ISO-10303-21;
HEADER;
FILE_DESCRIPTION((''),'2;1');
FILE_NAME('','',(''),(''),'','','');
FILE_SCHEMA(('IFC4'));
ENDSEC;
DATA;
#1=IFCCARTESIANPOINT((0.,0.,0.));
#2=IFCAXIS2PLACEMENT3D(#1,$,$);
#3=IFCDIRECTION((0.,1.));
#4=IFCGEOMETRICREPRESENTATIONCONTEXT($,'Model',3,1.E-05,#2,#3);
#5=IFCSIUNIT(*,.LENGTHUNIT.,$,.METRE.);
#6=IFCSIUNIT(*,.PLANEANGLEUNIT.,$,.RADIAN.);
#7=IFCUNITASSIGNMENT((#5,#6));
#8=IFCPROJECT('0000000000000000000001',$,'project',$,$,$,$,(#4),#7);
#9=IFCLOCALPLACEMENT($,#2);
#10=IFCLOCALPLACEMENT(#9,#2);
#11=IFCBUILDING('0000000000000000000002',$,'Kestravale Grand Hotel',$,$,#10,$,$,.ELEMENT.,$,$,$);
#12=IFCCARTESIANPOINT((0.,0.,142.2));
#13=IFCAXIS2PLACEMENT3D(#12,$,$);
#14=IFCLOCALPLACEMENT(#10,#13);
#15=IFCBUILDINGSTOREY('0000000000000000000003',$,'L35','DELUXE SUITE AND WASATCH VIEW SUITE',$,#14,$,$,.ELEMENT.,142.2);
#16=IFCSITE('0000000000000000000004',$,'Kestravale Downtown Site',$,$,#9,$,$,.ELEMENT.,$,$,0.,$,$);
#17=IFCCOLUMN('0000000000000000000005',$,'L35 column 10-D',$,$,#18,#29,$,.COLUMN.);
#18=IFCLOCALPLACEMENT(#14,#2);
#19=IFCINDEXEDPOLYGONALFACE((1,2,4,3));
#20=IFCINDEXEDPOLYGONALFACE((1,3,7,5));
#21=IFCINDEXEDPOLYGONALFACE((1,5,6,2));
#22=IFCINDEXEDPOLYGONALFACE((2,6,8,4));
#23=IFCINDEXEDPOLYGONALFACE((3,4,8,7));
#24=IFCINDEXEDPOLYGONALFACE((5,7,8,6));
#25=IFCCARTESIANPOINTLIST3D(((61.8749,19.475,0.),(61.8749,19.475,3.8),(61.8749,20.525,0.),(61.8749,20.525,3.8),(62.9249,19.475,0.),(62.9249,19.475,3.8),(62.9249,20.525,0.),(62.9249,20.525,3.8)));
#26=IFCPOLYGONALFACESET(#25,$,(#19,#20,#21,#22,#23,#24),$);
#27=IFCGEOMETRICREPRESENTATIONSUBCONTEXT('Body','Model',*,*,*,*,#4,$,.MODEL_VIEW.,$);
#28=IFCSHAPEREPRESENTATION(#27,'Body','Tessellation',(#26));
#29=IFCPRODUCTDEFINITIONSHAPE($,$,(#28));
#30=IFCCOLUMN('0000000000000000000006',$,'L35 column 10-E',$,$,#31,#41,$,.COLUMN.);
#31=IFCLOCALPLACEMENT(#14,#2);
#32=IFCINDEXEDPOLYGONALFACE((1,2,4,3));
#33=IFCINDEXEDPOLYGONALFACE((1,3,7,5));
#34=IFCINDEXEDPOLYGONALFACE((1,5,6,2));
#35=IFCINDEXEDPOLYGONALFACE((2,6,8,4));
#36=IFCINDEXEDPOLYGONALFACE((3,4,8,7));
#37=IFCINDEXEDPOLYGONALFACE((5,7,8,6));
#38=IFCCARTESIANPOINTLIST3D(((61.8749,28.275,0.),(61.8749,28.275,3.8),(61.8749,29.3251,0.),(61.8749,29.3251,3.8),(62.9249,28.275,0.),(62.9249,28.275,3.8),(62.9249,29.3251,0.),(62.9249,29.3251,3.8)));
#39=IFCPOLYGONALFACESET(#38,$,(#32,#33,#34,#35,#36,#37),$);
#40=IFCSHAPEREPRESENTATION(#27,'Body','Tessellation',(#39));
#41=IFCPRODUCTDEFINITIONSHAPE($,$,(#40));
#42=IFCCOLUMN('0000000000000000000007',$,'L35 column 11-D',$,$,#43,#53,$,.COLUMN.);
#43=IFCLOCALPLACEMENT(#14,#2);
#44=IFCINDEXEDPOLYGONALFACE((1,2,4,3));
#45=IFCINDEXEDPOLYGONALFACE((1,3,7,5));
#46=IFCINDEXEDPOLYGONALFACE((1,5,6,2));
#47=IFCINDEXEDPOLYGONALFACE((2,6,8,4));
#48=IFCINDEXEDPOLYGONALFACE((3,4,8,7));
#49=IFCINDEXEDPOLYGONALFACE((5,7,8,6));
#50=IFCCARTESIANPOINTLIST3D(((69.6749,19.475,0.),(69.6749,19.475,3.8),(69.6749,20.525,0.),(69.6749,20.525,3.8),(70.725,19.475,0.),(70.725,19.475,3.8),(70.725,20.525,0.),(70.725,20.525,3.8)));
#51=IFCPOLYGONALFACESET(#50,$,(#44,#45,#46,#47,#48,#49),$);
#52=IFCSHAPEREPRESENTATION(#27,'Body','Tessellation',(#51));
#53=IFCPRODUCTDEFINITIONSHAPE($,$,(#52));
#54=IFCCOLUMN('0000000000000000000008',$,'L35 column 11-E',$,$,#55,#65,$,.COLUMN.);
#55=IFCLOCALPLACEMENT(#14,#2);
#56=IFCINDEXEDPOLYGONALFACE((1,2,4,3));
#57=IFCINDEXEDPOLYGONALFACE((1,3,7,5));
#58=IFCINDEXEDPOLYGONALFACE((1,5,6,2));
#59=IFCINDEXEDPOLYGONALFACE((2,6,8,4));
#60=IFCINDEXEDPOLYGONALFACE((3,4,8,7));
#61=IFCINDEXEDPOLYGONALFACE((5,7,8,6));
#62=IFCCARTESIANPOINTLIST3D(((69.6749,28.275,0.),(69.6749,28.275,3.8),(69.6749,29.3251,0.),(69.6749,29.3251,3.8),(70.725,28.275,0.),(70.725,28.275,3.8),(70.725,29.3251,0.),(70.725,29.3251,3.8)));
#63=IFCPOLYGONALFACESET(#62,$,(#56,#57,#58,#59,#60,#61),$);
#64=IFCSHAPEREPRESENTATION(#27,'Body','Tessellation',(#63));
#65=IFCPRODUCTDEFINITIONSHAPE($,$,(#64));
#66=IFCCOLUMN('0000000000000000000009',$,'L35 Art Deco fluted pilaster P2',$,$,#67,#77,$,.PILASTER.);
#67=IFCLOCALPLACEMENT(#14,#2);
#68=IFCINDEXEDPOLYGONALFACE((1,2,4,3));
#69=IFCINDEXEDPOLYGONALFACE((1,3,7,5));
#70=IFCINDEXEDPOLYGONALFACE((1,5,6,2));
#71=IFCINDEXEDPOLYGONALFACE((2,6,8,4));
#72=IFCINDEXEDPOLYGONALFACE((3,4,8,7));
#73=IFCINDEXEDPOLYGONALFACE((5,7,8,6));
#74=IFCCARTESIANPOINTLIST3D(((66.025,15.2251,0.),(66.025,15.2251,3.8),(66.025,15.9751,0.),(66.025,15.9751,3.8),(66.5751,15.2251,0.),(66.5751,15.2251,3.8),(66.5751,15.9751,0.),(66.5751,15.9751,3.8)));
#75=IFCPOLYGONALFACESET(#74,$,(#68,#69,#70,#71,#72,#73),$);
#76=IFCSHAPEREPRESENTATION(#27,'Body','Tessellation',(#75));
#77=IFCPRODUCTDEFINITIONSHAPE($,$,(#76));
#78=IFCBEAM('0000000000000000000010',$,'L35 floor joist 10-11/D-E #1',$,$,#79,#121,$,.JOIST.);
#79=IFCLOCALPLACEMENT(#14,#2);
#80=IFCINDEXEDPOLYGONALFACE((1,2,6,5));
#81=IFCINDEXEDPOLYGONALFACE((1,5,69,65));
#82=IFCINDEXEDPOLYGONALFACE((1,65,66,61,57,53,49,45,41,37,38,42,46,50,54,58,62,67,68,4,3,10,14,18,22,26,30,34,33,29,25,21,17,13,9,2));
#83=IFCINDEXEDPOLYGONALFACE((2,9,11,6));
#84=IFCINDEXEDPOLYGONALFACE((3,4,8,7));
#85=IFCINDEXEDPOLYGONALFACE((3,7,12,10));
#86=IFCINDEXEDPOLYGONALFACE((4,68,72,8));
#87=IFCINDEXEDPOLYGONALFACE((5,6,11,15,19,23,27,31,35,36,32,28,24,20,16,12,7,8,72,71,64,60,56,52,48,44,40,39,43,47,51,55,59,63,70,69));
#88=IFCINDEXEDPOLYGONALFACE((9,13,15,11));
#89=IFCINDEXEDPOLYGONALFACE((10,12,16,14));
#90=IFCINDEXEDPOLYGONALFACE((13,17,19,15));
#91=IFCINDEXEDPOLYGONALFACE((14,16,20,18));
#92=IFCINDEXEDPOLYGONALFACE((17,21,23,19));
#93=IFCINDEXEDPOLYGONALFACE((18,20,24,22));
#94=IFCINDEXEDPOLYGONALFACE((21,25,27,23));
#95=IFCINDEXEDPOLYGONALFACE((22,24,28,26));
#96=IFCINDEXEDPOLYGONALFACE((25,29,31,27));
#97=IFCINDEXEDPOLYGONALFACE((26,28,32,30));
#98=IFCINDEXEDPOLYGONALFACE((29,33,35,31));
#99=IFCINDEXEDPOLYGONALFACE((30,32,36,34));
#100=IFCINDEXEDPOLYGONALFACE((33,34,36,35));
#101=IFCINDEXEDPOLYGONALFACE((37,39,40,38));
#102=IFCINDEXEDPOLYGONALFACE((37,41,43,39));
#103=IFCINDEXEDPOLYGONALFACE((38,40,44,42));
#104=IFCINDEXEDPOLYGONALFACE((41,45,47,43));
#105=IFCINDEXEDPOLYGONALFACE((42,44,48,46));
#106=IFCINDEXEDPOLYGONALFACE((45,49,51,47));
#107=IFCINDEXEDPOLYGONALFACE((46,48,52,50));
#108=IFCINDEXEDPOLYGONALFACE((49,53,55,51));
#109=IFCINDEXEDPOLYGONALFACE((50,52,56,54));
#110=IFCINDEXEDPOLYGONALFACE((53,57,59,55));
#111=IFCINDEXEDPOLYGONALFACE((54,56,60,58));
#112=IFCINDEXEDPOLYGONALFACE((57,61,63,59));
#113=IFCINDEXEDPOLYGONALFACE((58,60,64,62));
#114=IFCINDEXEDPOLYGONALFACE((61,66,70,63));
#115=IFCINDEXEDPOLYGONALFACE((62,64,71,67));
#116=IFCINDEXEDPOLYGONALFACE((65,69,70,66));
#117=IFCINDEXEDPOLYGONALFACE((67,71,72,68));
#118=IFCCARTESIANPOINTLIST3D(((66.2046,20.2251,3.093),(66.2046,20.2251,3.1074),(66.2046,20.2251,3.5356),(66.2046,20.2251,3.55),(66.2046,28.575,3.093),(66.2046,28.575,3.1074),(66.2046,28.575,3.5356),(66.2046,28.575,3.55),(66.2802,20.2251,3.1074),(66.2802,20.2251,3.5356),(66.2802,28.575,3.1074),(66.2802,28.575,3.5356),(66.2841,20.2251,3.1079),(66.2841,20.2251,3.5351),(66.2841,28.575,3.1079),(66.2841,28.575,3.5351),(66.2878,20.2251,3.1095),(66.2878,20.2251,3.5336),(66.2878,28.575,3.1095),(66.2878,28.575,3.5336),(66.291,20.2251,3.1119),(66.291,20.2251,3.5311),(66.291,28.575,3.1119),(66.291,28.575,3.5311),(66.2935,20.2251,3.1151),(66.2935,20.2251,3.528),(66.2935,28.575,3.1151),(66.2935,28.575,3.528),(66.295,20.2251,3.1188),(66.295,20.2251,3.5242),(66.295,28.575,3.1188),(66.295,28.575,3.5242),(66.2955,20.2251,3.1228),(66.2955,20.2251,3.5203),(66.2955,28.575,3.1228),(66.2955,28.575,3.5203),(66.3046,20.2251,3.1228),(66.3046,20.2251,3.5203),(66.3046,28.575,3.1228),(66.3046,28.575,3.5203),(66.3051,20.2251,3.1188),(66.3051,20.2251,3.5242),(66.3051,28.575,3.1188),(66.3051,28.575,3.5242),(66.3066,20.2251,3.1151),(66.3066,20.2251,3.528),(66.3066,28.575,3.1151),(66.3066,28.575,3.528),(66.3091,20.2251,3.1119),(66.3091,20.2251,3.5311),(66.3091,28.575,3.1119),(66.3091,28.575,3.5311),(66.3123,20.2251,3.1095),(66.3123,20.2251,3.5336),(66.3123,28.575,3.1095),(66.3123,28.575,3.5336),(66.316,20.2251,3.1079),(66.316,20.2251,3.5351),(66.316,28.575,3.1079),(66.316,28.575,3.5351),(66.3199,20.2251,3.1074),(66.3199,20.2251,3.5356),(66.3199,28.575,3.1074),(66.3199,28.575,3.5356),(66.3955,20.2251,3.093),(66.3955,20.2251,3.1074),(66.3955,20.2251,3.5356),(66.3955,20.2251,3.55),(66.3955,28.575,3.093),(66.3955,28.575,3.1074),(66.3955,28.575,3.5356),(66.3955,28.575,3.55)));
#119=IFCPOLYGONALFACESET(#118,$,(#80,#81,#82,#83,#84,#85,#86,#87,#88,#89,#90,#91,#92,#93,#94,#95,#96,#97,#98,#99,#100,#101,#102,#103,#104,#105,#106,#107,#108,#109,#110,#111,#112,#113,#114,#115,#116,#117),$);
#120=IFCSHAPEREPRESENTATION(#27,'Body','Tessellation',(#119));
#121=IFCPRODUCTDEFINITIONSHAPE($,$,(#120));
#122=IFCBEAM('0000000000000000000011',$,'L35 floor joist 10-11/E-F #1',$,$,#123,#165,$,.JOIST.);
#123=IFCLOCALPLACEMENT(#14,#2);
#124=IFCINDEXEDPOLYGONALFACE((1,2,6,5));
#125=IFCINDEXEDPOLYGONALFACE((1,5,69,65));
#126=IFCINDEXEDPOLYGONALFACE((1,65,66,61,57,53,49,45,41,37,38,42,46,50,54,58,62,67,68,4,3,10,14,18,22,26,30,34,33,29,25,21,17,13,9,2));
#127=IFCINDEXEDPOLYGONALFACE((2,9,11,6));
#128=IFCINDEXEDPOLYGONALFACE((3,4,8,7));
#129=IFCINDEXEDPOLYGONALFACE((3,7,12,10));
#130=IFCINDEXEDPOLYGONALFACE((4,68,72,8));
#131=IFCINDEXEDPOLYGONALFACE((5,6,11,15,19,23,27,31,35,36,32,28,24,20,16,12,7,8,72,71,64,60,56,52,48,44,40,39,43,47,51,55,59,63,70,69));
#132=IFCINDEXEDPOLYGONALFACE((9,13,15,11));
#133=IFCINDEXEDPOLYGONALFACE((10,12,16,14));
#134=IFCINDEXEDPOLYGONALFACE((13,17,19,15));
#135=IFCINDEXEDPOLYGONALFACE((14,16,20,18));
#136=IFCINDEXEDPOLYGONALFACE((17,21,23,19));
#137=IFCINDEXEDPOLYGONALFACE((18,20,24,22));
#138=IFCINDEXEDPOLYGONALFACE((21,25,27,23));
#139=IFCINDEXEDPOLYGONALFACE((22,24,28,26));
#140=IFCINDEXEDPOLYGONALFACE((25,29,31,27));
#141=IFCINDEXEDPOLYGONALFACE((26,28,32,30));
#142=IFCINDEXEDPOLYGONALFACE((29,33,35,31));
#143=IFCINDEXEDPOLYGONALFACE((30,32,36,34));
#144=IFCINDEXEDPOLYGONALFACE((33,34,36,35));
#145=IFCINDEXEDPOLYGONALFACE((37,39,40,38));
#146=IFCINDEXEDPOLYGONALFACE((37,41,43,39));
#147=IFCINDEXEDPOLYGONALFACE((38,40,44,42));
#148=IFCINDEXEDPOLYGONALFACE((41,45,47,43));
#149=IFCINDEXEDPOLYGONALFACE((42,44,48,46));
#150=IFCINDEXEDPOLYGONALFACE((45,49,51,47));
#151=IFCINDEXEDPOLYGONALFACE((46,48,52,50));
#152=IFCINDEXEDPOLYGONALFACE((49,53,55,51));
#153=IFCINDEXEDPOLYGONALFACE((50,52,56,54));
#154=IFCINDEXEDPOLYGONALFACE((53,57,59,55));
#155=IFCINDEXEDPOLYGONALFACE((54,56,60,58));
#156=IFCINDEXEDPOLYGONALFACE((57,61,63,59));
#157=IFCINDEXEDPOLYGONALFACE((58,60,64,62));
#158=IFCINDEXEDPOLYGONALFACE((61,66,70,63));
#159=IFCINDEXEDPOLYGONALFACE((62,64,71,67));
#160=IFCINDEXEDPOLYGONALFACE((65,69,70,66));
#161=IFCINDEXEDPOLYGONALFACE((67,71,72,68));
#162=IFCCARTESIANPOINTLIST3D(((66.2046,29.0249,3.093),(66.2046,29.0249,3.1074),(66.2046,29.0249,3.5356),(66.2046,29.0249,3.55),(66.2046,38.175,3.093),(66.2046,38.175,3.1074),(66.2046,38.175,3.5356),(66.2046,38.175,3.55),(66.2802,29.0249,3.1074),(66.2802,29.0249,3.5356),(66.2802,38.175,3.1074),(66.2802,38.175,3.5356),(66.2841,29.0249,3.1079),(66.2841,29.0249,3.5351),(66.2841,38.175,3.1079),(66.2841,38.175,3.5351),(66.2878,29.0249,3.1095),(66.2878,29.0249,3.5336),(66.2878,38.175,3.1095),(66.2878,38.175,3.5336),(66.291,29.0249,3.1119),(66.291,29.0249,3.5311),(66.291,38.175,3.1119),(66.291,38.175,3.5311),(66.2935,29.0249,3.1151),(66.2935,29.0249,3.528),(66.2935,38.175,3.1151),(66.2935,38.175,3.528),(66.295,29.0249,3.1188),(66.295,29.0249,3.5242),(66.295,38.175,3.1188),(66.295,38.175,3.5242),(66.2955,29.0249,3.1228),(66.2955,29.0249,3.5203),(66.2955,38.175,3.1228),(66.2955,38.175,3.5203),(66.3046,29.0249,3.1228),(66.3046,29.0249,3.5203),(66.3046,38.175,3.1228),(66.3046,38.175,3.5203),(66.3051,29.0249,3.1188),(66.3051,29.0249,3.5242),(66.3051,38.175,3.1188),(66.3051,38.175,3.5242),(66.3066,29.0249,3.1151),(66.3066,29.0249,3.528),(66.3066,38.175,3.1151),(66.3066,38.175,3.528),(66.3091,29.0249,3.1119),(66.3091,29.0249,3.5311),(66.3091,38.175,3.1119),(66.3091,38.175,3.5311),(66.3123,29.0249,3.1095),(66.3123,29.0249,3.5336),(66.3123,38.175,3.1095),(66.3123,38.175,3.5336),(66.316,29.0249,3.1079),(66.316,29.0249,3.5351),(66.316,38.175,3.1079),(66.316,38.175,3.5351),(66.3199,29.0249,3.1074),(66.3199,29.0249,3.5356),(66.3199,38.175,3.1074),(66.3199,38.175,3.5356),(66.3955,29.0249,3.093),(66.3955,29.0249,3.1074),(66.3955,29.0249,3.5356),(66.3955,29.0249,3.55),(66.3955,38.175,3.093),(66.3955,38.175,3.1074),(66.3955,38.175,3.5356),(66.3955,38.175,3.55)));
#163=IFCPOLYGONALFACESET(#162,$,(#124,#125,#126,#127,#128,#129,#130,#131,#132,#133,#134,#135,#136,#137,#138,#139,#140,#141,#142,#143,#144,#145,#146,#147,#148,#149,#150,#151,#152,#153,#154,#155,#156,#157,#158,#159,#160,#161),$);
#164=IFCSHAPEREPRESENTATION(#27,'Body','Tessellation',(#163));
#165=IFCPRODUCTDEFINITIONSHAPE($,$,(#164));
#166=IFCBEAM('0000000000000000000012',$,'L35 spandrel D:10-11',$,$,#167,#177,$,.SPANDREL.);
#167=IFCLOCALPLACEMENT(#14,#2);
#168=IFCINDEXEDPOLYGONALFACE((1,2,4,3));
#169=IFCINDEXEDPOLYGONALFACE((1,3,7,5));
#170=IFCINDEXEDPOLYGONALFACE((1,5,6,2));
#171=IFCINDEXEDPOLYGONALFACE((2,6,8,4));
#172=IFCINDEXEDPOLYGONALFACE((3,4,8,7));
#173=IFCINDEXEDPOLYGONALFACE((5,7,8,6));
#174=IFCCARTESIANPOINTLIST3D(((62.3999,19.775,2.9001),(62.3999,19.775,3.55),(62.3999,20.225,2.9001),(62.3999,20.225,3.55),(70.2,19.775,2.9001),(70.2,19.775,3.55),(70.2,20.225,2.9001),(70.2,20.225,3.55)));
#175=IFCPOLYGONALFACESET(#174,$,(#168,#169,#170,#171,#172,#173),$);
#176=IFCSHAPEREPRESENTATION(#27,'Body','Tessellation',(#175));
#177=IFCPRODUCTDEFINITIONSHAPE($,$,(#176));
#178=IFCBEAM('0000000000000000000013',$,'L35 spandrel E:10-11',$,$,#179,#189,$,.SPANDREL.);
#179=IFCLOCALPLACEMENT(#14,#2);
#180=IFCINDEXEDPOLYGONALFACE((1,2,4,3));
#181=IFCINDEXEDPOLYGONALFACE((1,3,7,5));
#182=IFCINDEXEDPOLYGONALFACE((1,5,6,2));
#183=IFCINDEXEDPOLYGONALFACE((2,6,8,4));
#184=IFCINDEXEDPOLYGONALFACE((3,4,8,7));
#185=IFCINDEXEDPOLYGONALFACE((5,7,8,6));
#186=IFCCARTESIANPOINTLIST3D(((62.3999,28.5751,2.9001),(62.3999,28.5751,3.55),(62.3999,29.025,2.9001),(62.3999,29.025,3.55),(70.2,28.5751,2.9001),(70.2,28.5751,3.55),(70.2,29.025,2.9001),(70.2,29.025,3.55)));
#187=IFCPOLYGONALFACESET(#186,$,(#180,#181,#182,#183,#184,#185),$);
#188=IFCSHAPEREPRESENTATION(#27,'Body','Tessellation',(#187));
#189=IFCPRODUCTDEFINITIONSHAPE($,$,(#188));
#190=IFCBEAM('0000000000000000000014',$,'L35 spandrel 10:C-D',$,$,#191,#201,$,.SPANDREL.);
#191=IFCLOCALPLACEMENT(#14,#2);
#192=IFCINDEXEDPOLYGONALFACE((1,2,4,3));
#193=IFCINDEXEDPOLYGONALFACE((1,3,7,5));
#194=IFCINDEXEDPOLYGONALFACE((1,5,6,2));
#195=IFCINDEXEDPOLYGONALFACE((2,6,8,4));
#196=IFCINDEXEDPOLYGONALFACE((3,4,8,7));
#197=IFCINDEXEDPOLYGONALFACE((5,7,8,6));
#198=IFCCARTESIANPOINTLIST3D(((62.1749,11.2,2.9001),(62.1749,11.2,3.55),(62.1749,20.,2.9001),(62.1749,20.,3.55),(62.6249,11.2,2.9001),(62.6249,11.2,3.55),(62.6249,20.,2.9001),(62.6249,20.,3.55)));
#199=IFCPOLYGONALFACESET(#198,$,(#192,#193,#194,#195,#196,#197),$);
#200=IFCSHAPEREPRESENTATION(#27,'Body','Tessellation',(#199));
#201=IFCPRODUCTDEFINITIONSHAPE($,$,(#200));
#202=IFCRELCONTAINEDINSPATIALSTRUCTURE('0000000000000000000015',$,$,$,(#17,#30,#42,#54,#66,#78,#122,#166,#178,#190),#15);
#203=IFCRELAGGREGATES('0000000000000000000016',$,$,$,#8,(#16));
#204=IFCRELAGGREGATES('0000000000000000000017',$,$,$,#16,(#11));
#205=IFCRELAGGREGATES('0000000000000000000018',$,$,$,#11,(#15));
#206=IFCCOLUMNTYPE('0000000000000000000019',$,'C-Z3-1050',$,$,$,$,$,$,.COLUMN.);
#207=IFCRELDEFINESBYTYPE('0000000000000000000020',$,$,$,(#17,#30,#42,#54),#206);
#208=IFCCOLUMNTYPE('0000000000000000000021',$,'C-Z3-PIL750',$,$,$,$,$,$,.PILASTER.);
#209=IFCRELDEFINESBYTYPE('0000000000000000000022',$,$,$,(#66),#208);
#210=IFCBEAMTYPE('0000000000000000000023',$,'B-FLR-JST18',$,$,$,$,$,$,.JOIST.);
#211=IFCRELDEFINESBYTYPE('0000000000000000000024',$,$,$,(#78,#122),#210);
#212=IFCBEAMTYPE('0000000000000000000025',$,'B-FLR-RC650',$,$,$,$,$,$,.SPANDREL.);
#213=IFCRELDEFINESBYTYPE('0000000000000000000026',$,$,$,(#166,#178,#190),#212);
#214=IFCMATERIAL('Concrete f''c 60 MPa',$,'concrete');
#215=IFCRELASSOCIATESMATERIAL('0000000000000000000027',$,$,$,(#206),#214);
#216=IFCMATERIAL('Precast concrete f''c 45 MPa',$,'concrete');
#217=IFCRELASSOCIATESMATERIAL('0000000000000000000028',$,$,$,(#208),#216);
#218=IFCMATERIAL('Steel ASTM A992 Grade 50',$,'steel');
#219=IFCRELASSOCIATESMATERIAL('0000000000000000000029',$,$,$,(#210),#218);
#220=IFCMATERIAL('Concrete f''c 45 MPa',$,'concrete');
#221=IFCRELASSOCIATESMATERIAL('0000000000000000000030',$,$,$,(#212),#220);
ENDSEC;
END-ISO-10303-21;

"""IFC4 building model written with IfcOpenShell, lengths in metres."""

from ifc_helpers import new_model, si_unit, direction, frame, origin, origin_2d, place, context, subcontext, project, spatial, rectangle, i_section, extrude, material, material_profile, profile_set, type_object, element, save


model = new_model("IFC4")

# Units and contexts
model_context = context("Model", 3, precision=1e-05, world=origin(), true_north=direction((0.0, 1.0)))
body_context = subcontext(model_context, "Body", "Model", "MODEL_VIEW")
ifc_project = project(units=[si_unit("LENGTHUNIT", "METRE"), si_unit("PLANEANGLEUNIT", "RADIAN")], contexts=[model_context])

# Site, building, storey
site_placement = place(None, origin())
site = spatial("IfcSite", under=ifc_project, at=site_placement, Name="Kestravale Downtown Site", CompositionType="ELEMENT", RefElevation=0.0)
building_placement = place(site_placement, origin())
building = spatial("IfcBuilding", under=site, at=building_placement, Name="Kestravale Grand Hotel", CompositionType="ELEMENT")
storey_placement = place(building_placement, frame((0.0, 0.0, 142.2)))
storey = spatial("IfcBuildingStorey", under=building, at=storey_placement, Name="L35", Description="DELUXE SUITE AND WASATCH VIEW SUITE", CompositionType="ELEMENT", Elevation=142.2)

# Columns
ifc_material_1 = material(Name="Concrete f'c 60 MPa", Category="concrete")
ifc_material_profile_1 = material_profile(ifc_material_1, rectangle(XDim=1.05, YDim=1.05, at=origin_2d()))
ifc_profile_set_1 = profile_set([ifc_material_profile_1], Name="Concrete f'c 60 MPa")
column_type_1 = type_object("IfcColumnType", Name="C-Z3-1050", PredefinedType="COLUMN", material=ifc_profile_set_1)
for number, where, z_axis, x_axis, name in (
    (1, (62.3999, 20.0, 0.0), (0.0, 0.0, 1.0), (1.0, 0.0, 0.0), "L35 column 10-D"),
    (2, (62.3999, 28.8, 0.0), (0.0, 0.0, 1.0), (1.0, 0.0, 0.0), "L35 column 10-E"),
    (3, (70.2, 20.0, 0.0), (0.0, 0.0, 1.0), (1.0, 0.0, 0.0), "L35 column 11-D"),
    (4, (70.2, 28.8, 0.0), (0.0, 0.0, 1.0), (1.0, 0.0, 0.0), "L35 column 11-E"),
):
    element("IfcColumn", number, at=place(storey_placement, frame(where, z_axis=z_axis, x_axis=x_axis)), inside=storey, type_object=column_type_1, Name=name, PredefinedType="COLUMN", context=body_context, shape_type="SweptSolid", body=[
        extrude(rectangle(XDim=1.05, YDim=1.05, at=origin_2d()), origin(), (0.0, 0.0, 1.0), 3.8),
    ])
ifc_material_2 = material(Name="Precast concrete f'c 45 MPa", Category="concrete")
ifc_material_profile_2 = material_profile(ifc_material_2, rectangle(XDim=0.55, YDim=0.75, at=origin_2d()))
ifc_profile_set_2 = profile_set([ifc_material_profile_2], Name="Precast concrete f'c 45 MPa")
column_type_2 = type_object("IfcColumnType", Name="C-Z3-PIL750", PredefinedType="PILASTER", material=ifc_profile_set_2)
column_placement = place(storey_placement, frame((66.3, 15.6001, 0.0), z_axis=(0.0, 0.0, 1.0), x_axis=(1.0, 0.0, 0.0)))
element("IfcColumn", 5, at=column_placement, inside=storey, type_object=column_type_2, Name="L35 Art Deco fluted pilaster P2", PredefinedType="PILASTER", context=body_context, shape_type="SweptSolid", body=[
    extrude(rectangle(XDim=0.55, YDim=0.75, at=origin_2d()), origin(), (0.0, 0.0, 1.0), 3.8),
])

# Beams
ifc_material_3 = material(Name="Steel ASTM A992 Grade 50", Category="steel")
ifc_material_profile_3 = material_profile(ifc_material_3, i_section(OverallWidth=0.1909, OverallDepth=0.457, WebThickness=0.009, FlangeThickness=0.0144, FilletRadius=0.0154, at=origin_2d()))
ifc_profile_set_3 = profile_set([ifc_material_profile_3], Name="Steel ASTM A992 Grade 50")
beam_type_1 = type_object("IfcBeamType", Name="B-FLR-JST18", PredefinedType="JOIST", material=ifc_profile_set_3)
beam_1_placement = place(storey_placement, frame((66.3, 20.2251, 3.3215), z_axis=(0.0, 1.0, 0.0), x_axis=(-1.0, 0.0, 0.0)))
element("IfcBeam", 6, at=beam_1_placement, inside=storey, type_object=beam_type_1, Name="L35 floor joist 10-11/D-E #1", PredefinedType="JOIST", context=body_context, shape_type="SweptSolid", body=[
    extrude(i_section(OverallWidth=0.1909, OverallDepth=0.457, WebThickness=0.009, FlangeThickness=0.0144, FilletRadius=0.0154, at=origin_2d()), origin(), (0.0, 0.0, 1.0), 8.3499),
])
beam_2_placement = place(storey_placement, frame((66.3, 29.0249, 3.3215), z_axis=(0.0, 1.0, 0.0), x_axis=(-1.0, 0.0, 0.0)))
element("IfcBeam", 7, at=beam_2_placement, inside=storey, type_object=beam_type_1, Name="L35 floor joist 10-11/E-F #1", PredefinedType="JOIST", context=body_context, shape_type="SweptSolid", body=[
    extrude(i_section(OverallWidth=0.1909, OverallDepth=0.457, WebThickness=0.009, FlangeThickness=0.0144, FilletRadius=0.0154, at=origin_2d()), origin(), (0.0, 0.0, 1.0), 9.1501),
])
ifc_material_4 = material(Name="Concrete f'c 45 MPa", Category="concrete")
ifc_material_profile_4 = material_profile(ifc_material_4, rectangle(XDim=0.45, YDim=0.6499, at=origin_2d()))
ifc_profile_set_4 = profile_set([ifc_material_profile_4], Name="Concrete f'c 45 MPa")
beam_type_2 = type_object("IfcBeamType", Name="B-FLR-RC650", PredefinedType="SPANDREL", material=ifc_profile_set_4)
for number, where, z_axis, x_axis, name in (
    (8, (62.3999, 20.0, 3.2251), (1.0, 0.0, 0.0), (0.0, 1.0, 0.0), "L35 spandrel D:10-11"),
    (9, (62.3999, 28.8, 3.2251), (1.0, 0.0, 0.0), (0.0, 1.0, 0.0), "L35 spandrel E:10-11"),
):
    element("IfcBeam", number, at=place(storey_placement, frame(where, z_axis=z_axis, x_axis=x_axis)), inside=storey, type_object=beam_type_2, Name=name, PredefinedType="SPANDREL", context=body_context, shape_type="SweptSolid", body=[
        extrude(rectangle(XDim=0.45, YDim=0.6499, at=origin_2d()), origin(), (0.0, 0.0, 1.0), 7.8),
    ])
for number, where, z_axis, x_axis, name in (
    (10, (62.3999, 11.2, 3.2251), (0.0, 1.0, 0.0), (-1.0, 0.0, 0.0), "L35 spandrel 10:C-D"),
):
    element("IfcBeam", number, at=place(storey_placement, frame(where, z_axis=z_axis, x_axis=x_axis)), inside=storey, type_object=beam_type_2, Name=name, PredefinedType="SPANDREL", context=body_context, shape_type="SweptSolid", body=[
        extrude(rectangle(XDim=0.45, YDim=0.6499, at=origin_2d()), origin(), (0.0, 0.0, 1.0), 8.8),
    ])

save(model, "model.ifc")
